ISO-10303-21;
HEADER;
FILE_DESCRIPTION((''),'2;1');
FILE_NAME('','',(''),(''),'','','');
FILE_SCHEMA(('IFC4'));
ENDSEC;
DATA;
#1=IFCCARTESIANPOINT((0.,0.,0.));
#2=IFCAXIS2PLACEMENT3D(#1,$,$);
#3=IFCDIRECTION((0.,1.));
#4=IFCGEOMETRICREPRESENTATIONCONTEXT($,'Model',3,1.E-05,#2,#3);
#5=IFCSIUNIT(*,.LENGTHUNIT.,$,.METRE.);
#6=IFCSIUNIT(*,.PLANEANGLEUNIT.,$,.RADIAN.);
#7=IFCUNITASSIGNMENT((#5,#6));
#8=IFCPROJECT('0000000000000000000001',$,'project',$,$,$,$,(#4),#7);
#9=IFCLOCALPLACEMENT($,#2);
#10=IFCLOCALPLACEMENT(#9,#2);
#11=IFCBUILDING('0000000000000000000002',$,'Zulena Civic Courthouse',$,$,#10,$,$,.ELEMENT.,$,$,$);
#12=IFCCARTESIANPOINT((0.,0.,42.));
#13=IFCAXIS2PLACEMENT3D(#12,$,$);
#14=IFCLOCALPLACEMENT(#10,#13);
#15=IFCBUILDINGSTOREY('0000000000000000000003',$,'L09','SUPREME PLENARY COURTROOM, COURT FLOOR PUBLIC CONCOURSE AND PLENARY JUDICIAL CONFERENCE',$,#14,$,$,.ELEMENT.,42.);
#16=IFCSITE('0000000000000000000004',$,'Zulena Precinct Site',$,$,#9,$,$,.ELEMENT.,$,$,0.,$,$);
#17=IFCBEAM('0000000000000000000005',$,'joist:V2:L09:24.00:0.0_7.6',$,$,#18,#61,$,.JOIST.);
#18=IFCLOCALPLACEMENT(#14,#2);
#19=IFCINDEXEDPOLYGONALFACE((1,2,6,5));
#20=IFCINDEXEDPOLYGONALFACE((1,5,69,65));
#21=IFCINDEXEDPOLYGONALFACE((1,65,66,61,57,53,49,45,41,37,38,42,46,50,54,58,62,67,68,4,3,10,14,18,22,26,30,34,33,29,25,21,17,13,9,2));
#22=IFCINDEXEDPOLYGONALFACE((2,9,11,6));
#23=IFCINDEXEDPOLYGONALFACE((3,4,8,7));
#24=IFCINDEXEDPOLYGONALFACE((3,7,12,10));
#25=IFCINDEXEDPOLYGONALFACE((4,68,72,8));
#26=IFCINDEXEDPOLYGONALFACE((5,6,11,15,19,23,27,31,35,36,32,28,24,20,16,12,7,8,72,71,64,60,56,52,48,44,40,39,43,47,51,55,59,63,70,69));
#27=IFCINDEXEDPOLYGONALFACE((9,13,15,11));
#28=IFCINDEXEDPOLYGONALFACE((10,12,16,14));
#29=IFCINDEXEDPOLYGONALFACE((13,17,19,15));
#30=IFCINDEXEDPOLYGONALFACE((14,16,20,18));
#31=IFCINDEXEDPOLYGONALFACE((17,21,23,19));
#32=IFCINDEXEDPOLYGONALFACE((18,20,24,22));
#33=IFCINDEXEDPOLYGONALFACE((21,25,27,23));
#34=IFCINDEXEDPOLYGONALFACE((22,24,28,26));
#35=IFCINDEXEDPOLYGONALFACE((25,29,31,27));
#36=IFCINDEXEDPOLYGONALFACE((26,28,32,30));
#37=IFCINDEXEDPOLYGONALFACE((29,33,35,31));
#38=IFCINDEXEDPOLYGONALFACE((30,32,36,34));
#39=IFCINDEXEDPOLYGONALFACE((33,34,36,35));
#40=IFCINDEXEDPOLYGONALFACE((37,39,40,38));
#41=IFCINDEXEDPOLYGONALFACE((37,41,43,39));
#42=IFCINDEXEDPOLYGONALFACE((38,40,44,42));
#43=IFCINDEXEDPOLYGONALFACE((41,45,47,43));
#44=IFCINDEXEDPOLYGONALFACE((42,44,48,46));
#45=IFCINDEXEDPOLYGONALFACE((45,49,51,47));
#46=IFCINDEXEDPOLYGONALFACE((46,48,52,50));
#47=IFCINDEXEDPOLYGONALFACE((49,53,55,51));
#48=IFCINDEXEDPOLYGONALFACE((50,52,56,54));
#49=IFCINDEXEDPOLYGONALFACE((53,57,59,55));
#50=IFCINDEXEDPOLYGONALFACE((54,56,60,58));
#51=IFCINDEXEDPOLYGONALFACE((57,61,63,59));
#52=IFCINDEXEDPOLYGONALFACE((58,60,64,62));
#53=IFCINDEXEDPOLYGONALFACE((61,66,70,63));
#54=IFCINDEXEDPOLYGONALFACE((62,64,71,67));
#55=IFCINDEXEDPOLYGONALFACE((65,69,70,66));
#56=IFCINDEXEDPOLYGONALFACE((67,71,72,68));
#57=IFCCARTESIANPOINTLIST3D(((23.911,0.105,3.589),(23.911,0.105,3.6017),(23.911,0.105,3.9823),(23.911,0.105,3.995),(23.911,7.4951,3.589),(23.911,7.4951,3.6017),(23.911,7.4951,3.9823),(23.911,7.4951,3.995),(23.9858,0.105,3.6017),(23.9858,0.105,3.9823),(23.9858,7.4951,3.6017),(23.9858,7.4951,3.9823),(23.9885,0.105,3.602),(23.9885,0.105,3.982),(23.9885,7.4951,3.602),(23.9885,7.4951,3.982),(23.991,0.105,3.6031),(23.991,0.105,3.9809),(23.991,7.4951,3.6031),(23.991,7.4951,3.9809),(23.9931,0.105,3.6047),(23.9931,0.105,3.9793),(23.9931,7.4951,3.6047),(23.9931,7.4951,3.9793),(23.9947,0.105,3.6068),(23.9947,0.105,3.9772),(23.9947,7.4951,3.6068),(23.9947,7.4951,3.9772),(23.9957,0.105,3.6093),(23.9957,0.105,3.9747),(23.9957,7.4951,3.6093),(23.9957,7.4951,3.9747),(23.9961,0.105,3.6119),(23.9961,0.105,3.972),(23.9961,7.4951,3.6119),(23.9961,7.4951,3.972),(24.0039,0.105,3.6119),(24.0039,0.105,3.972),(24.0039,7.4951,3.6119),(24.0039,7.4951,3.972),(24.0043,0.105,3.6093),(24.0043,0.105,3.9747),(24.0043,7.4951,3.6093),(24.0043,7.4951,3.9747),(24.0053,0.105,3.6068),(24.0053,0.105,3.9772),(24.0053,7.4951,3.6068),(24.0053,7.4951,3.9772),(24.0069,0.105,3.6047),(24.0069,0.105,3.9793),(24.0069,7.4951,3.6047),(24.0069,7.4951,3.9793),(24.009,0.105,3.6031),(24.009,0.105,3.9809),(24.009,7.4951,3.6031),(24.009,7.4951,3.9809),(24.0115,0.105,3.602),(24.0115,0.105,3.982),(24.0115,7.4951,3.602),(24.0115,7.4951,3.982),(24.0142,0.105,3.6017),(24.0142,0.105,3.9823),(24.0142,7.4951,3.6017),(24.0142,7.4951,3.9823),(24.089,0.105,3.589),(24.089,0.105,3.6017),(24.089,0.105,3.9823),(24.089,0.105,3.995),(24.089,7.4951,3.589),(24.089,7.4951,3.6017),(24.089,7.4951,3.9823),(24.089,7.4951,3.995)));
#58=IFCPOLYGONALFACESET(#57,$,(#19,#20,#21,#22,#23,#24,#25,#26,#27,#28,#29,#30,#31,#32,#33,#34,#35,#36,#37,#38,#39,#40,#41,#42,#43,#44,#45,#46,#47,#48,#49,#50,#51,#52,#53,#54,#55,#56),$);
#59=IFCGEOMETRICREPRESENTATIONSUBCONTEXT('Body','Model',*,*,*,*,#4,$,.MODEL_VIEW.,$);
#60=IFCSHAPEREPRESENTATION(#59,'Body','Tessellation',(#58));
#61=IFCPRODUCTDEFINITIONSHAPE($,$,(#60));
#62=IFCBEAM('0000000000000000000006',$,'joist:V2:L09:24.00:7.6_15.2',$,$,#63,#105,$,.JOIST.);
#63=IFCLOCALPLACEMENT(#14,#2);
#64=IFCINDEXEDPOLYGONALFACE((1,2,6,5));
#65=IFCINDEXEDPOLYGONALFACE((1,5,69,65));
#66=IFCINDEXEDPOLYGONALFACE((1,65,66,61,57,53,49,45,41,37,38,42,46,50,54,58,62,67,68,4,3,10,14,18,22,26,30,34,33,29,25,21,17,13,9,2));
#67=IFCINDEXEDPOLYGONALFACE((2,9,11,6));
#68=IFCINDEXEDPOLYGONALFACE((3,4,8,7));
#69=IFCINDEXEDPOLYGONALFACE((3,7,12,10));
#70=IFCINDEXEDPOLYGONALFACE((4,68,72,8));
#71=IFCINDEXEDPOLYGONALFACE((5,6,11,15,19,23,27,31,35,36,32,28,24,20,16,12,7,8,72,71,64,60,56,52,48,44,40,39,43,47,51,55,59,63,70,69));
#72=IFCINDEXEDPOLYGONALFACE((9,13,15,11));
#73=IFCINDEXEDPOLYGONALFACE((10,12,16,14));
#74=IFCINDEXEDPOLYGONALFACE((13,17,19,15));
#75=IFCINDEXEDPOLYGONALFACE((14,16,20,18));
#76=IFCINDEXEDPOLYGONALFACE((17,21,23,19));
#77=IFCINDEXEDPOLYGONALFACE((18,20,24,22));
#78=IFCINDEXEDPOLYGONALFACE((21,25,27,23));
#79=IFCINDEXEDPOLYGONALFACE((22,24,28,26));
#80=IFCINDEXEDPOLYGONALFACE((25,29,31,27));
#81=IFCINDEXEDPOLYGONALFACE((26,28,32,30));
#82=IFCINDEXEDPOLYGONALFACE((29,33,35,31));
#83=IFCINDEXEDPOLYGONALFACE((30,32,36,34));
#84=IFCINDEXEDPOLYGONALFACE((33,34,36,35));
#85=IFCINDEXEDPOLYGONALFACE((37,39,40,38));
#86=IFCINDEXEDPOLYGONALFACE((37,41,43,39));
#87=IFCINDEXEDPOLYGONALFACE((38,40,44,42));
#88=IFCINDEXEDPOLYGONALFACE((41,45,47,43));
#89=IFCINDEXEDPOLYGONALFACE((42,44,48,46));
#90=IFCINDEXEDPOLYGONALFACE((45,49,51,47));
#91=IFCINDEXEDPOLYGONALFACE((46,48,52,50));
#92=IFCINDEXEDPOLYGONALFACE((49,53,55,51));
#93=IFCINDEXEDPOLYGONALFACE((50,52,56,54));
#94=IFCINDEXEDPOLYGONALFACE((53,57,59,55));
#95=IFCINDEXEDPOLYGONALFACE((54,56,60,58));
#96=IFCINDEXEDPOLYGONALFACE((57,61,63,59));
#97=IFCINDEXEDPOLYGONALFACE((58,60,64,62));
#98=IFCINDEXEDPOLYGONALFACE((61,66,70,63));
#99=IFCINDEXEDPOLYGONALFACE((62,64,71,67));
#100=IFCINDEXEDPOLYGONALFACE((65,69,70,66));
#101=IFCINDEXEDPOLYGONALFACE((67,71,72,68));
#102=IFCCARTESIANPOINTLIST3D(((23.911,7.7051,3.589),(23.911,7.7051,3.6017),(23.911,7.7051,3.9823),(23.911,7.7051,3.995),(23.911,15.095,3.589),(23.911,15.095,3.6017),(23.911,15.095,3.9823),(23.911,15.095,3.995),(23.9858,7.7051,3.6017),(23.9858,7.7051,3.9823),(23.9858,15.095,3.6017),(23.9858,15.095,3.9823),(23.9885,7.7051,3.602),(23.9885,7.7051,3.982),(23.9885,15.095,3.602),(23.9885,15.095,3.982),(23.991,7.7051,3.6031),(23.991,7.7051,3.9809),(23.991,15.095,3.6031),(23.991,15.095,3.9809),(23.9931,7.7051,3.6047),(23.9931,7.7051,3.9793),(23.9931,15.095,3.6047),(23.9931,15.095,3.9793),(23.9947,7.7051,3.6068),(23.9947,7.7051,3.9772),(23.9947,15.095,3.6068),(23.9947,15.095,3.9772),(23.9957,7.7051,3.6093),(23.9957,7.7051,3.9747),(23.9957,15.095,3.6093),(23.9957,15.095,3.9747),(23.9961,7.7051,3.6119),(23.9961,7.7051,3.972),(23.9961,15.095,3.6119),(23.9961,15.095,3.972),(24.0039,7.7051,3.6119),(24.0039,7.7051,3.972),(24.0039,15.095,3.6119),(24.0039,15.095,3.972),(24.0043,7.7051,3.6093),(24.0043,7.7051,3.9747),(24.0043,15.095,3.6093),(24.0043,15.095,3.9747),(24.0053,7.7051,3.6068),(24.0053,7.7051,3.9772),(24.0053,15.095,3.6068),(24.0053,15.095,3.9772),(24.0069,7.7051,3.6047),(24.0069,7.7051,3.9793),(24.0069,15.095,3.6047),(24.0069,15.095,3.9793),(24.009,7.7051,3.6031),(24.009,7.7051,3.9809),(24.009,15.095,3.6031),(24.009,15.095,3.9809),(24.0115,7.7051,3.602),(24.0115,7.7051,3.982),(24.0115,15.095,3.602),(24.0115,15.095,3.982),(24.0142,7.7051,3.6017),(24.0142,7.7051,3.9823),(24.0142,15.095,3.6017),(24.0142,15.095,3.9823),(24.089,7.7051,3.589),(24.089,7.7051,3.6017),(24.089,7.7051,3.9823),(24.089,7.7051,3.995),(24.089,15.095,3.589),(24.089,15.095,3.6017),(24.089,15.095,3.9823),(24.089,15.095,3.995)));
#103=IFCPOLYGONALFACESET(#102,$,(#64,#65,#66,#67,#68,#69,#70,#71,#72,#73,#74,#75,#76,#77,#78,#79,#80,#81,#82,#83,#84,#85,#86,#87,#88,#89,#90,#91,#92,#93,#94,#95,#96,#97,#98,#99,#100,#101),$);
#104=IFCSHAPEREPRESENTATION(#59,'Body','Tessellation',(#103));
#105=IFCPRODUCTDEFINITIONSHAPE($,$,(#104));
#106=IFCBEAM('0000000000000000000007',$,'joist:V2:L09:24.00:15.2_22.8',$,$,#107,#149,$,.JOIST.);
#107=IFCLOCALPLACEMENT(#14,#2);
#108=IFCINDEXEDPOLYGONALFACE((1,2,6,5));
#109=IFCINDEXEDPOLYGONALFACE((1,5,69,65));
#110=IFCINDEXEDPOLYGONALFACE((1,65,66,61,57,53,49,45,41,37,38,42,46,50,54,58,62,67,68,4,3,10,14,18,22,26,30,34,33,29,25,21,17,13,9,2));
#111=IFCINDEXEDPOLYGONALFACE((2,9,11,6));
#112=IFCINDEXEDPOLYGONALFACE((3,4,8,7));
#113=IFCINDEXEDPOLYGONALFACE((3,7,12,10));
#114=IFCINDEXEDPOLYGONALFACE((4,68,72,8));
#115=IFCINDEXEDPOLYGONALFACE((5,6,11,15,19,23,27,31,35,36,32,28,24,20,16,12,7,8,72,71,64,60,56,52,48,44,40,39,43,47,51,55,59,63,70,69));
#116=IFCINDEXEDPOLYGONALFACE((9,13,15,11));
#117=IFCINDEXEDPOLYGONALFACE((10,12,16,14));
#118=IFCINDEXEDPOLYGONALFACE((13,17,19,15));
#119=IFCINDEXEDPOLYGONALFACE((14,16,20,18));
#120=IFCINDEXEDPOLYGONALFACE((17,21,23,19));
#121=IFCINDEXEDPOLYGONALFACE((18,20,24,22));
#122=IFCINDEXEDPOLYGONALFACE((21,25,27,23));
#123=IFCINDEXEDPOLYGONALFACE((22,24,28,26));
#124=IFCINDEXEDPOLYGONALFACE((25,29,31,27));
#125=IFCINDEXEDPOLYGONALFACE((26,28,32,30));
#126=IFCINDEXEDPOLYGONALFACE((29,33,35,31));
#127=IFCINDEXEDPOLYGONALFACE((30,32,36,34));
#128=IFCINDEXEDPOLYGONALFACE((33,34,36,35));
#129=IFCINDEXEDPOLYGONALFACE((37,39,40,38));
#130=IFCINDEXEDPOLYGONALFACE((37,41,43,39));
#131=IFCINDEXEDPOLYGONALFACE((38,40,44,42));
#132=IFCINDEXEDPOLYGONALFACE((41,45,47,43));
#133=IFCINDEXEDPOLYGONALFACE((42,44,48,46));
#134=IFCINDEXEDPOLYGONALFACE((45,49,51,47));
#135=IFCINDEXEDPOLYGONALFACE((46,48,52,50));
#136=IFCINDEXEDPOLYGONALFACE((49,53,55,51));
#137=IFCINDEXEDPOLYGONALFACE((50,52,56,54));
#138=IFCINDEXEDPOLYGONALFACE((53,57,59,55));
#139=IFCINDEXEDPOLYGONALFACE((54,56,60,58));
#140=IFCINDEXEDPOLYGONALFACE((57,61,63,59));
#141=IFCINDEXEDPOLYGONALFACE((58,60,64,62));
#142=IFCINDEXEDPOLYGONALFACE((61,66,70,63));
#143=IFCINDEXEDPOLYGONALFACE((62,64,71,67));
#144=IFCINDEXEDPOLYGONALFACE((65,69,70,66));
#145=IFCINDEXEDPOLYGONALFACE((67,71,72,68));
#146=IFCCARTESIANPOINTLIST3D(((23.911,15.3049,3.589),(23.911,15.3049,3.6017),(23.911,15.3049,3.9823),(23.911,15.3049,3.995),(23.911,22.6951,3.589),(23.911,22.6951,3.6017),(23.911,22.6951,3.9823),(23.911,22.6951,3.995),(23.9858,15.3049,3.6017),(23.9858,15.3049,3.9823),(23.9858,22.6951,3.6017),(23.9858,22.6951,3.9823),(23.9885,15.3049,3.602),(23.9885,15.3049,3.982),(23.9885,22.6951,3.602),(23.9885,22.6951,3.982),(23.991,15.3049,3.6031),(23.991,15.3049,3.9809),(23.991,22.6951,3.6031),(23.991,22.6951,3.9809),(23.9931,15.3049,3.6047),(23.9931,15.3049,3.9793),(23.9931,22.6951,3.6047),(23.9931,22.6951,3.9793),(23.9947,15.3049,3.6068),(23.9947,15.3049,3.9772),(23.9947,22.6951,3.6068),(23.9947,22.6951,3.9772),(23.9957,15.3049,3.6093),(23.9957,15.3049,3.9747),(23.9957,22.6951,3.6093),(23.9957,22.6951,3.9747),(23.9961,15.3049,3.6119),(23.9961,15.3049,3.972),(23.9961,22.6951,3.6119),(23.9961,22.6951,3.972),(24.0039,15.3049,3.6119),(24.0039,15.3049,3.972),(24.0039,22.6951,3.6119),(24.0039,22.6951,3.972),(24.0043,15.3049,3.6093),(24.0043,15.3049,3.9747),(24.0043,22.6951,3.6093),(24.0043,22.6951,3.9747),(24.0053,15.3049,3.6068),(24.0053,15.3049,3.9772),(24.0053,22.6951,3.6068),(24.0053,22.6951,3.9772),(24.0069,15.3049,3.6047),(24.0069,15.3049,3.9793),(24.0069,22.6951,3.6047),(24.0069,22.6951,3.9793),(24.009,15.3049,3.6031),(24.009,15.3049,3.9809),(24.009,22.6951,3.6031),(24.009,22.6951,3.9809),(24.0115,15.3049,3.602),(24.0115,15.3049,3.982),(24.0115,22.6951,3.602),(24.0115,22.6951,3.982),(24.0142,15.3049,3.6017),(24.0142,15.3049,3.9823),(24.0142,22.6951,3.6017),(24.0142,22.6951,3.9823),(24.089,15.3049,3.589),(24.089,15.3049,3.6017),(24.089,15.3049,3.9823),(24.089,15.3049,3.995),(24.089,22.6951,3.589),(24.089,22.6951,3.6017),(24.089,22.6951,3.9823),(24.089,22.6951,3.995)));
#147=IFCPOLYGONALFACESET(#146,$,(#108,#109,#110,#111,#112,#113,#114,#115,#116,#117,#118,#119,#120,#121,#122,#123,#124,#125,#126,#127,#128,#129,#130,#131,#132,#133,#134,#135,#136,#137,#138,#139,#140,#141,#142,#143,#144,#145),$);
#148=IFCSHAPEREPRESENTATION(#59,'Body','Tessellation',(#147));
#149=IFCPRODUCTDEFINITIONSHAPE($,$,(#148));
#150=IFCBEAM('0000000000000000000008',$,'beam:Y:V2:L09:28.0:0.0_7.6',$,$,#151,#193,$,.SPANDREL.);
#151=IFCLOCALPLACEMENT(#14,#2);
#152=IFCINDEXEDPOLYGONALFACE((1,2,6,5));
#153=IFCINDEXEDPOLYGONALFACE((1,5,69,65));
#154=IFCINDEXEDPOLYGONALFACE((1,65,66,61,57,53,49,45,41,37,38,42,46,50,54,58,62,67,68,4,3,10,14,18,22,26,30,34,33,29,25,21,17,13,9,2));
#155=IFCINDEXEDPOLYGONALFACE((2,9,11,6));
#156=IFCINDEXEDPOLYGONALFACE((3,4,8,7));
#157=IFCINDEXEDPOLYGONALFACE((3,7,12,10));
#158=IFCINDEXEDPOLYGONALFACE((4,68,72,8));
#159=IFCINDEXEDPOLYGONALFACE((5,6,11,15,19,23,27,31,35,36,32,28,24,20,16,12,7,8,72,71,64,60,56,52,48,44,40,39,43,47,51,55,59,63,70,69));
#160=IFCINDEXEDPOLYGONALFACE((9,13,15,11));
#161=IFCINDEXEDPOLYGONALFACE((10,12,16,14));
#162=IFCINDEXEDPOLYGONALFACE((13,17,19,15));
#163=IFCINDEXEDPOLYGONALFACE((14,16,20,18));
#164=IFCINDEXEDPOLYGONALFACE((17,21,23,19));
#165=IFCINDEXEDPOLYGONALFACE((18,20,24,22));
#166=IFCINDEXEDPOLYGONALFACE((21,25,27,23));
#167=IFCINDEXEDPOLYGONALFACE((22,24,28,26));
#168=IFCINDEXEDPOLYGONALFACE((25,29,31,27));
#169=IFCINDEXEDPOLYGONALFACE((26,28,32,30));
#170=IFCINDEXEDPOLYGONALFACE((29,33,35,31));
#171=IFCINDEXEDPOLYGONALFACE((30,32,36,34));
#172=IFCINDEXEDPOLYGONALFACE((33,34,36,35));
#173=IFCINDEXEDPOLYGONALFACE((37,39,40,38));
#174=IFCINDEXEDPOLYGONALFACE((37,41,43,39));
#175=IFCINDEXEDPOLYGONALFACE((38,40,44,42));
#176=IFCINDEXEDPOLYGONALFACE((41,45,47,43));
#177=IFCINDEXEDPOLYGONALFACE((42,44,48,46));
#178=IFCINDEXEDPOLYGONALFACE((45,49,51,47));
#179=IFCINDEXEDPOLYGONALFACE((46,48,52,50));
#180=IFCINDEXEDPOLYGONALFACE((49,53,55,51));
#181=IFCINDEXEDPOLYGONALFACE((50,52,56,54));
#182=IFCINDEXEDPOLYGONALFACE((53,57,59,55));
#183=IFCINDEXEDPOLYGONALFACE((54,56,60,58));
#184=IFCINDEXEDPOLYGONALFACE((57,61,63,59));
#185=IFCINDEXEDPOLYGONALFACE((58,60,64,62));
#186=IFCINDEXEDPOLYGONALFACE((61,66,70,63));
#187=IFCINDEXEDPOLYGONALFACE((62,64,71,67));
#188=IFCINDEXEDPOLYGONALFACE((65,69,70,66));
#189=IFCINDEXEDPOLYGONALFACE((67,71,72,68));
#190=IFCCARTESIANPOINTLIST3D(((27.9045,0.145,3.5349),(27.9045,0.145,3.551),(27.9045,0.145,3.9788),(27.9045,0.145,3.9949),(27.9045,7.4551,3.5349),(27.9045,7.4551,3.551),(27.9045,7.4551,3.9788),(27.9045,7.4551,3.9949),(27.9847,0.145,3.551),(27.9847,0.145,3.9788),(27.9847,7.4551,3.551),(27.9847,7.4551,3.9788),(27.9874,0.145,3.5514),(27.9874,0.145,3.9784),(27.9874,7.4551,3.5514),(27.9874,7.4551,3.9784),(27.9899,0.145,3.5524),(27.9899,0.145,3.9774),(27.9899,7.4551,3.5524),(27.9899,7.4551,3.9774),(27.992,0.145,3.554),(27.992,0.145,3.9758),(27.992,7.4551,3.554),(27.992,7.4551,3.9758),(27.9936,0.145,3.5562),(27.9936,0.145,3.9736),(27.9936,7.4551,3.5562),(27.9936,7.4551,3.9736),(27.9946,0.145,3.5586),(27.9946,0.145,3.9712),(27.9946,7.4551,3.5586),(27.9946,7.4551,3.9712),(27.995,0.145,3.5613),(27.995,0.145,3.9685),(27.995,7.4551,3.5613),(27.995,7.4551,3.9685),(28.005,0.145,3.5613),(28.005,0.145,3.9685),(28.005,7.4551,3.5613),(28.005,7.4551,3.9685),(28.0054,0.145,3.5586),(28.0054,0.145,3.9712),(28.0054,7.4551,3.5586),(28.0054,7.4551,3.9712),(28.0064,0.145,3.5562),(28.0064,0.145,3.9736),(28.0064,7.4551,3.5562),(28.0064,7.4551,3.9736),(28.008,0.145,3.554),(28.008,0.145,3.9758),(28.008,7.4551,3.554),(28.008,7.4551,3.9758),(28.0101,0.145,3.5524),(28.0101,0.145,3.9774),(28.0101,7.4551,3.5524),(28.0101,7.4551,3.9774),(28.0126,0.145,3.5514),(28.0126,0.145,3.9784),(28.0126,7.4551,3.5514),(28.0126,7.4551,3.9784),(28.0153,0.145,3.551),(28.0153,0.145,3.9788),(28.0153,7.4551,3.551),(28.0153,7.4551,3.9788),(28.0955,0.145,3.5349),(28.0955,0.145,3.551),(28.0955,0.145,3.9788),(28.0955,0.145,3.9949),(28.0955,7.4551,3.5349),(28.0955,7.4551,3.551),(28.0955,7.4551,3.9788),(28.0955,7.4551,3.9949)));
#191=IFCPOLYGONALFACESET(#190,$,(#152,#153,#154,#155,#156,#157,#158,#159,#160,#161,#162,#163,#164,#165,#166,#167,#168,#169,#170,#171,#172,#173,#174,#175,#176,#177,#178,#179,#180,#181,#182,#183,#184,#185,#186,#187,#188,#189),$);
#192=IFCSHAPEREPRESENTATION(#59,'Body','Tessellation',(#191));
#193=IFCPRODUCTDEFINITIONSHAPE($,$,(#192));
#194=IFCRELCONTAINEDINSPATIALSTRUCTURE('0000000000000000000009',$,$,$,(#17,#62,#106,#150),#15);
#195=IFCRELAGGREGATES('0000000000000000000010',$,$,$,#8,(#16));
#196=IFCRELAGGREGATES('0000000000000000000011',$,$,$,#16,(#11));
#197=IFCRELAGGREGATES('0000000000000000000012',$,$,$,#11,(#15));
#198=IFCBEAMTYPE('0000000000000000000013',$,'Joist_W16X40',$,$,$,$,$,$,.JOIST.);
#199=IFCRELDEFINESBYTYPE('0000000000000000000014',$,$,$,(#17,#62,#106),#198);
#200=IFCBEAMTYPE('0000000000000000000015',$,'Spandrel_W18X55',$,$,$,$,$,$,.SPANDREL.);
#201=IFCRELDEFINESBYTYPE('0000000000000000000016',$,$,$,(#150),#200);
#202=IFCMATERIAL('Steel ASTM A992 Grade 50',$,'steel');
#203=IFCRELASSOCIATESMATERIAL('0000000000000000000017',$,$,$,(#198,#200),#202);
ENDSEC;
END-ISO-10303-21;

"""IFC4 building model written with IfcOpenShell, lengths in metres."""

from ifc_helpers import new_model, si_unit, direction, frame, origin, origin_2d, place, context, subcontext, project, spatial, i_section, extrude, material, material_profile, profile_set, type_object, element, save


model = new_model("IFC4")

# Units and contexts
model_context = context("Model", 3, precision=1e-05, world=origin(), true_north=direction((0.0, 1.0)))
body_context = subcontext(model_context, "Body", "Model", "MODEL_VIEW")
ifc_project = project(units=[si_unit("LENGTHUNIT", "METRE"), si_unit("PLANEANGLEUNIT", "RADIAN")], contexts=[model_context])

# Site, building, storey
site_placement = place(None, origin())
site = spatial("IfcSite", under=ifc_project, at=site_placement, Name="Zulena Precinct Site", CompositionType="ELEMENT", RefElevation=0.0)
building_placement = place(site_placement, origin())
building = spatial("IfcBuilding", under=site, at=building_placement, Name="Zulena Civic Courthouse", CompositionType="ELEMENT")
storey_placement = place(building_placement, frame((0.0, 0.0, 42.0)))
storey = spatial("IfcBuildingStorey", under=building, at=storey_placement, Name="L09", Description="SUPREME PLENARY COURTROOM, COURT FLOOR PUBLIC CONCOURSE AND PLENARY JUDICIAL CONFERENCE", CompositionType="ELEMENT", Elevation=42.0)

# Shared definitions
ifc_material_1 = material(Name="Steel ASTM A992 Grade 50", Category="steel")

# Beams
ifc_material_profile_1 = material_profile(ifc_material_1, i_section(OverallWidth=0.178, OverallDepth=0.406, WebThickness=0.0078, FlangeThickness=0.0127, FilletRadius=0.0103, at=origin_2d()), Name="W16X40")
ifc_profile_set_1 = profile_set([ifc_material_profile_1], Name="Steel ASTM A992 Grade 50")
beam_type_1 = type_object("IfcBeamType", Name="Joist_W16X40", PredefinedType="JOIST", material=ifc_profile_set_1)
beam_1_placement = place(storey_placement, frame((24.0, 0.105, 3.792), z_axis=(0.0, 1.0, 0.0), x_axis=(-1.0, 0.0, 0.0)))
element("IfcBeam", 1, at=beam_1_placement, inside=storey, type_object=beam_type_1, Name="joist:V2:L09:24.00:0.0_7.6", PredefinedType="JOIST", context=body_context, shape_type="SweptSolid", body=[
    extrude(i_section(OverallWidth=0.178, OverallDepth=0.406, WebThickness=0.0078, FlangeThickness=0.0127, FilletRadius=0.0103, at=origin_2d()), origin(), (0.0, 0.0, 1.0), 7.3901),
])
beam_2_placement = place(storey_placement, frame((24.0, 7.7051, 3.792), z_axis=(0.0, 1.0, 0.0), x_axis=(-1.0, 0.0, 0.0)))
element("IfcBeam", 2, at=beam_2_placement, inside=storey, type_object=beam_type_1, Name="joist:V2:L09:24.00:7.6_15.2", PredefinedType="JOIST", context=body_context, shape_type="SweptSolid", body=[
    extrude(i_section(OverallWidth=0.178, OverallDepth=0.406, WebThickness=0.0078, FlangeThickness=0.0127, FilletRadius=0.0103, at=origin_2d()), origin(), (0.0, 0.0, 1.0), 7.3899),
])
beam_3_placement = place(storey_placement, frame((24.0, 15.3049, 3.792), z_axis=(0.0, 1.0, 0.0), x_axis=(-1.0, 0.0, 0.0)))
element("IfcBeam", 3, at=beam_3_placement, inside=storey, type_object=beam_type_1, Name="joist:V2:L09:24.00:15.2_22.8", PredefinedType="JOIST", context=body_context, shape_type="SweptSolid", body=[
    extrude(i_section(OverallWidth=0.178, OverallDepth=0.406, WebThickness=0.0078, FlangeThickness=0.0127, FilletRadius=0.0103, at=origin_2d()), origin(), (0.0, 0.0, 1.0), 7.3901),
])
ifc_material_profile_2 = material_profile(ifc_material_1, i_section(OverallWidth=0.1909, OverallDepth=0.46, WebThickness=0.01, FlangeThickness=0.0161, FilletRadius=0.0103, at=origin_2d()), Name="W18X55")
ifc_profile_set_2 = profile_set([ifc_material_profile_2], Name="Steel ASTM A992 Grade 50")
beam_type_2 = type_object("IfcBeamType", Name="Spandrel_W18X55", PredefinedType="SPANDREL", material=ifc_profile_set_2)
for number, where, z_axis, x_axis, name in (
    (4, (28.0, 0.145, 3.7649), (0.0, 1.0, 0.0), (-1.0, 0.0, 0.0), "beam:Y:V2:L09:28.0:0.0_7.6"),
):
    element("IfcBeam", number, at=place(storey_placement, frame(where, z_axis=z_axis, x_axis=x_axis)), inside=storey, type_object=beam_type_2, Name=name, PredefinedType="SPANDREL", context=body_context, shape_type="SweptSolid", body=[
        extrude(i_section(OverallWidth=0.1909, OverallDepth=0.46, WebThickness=0.01, FlangeThickness=0.0161, FilletRadius=0.0103, at=origin_2d()), origin(), (0.0, 0.0, 1.0), 7.3101),
    ])

save(model, "model.ifc")
